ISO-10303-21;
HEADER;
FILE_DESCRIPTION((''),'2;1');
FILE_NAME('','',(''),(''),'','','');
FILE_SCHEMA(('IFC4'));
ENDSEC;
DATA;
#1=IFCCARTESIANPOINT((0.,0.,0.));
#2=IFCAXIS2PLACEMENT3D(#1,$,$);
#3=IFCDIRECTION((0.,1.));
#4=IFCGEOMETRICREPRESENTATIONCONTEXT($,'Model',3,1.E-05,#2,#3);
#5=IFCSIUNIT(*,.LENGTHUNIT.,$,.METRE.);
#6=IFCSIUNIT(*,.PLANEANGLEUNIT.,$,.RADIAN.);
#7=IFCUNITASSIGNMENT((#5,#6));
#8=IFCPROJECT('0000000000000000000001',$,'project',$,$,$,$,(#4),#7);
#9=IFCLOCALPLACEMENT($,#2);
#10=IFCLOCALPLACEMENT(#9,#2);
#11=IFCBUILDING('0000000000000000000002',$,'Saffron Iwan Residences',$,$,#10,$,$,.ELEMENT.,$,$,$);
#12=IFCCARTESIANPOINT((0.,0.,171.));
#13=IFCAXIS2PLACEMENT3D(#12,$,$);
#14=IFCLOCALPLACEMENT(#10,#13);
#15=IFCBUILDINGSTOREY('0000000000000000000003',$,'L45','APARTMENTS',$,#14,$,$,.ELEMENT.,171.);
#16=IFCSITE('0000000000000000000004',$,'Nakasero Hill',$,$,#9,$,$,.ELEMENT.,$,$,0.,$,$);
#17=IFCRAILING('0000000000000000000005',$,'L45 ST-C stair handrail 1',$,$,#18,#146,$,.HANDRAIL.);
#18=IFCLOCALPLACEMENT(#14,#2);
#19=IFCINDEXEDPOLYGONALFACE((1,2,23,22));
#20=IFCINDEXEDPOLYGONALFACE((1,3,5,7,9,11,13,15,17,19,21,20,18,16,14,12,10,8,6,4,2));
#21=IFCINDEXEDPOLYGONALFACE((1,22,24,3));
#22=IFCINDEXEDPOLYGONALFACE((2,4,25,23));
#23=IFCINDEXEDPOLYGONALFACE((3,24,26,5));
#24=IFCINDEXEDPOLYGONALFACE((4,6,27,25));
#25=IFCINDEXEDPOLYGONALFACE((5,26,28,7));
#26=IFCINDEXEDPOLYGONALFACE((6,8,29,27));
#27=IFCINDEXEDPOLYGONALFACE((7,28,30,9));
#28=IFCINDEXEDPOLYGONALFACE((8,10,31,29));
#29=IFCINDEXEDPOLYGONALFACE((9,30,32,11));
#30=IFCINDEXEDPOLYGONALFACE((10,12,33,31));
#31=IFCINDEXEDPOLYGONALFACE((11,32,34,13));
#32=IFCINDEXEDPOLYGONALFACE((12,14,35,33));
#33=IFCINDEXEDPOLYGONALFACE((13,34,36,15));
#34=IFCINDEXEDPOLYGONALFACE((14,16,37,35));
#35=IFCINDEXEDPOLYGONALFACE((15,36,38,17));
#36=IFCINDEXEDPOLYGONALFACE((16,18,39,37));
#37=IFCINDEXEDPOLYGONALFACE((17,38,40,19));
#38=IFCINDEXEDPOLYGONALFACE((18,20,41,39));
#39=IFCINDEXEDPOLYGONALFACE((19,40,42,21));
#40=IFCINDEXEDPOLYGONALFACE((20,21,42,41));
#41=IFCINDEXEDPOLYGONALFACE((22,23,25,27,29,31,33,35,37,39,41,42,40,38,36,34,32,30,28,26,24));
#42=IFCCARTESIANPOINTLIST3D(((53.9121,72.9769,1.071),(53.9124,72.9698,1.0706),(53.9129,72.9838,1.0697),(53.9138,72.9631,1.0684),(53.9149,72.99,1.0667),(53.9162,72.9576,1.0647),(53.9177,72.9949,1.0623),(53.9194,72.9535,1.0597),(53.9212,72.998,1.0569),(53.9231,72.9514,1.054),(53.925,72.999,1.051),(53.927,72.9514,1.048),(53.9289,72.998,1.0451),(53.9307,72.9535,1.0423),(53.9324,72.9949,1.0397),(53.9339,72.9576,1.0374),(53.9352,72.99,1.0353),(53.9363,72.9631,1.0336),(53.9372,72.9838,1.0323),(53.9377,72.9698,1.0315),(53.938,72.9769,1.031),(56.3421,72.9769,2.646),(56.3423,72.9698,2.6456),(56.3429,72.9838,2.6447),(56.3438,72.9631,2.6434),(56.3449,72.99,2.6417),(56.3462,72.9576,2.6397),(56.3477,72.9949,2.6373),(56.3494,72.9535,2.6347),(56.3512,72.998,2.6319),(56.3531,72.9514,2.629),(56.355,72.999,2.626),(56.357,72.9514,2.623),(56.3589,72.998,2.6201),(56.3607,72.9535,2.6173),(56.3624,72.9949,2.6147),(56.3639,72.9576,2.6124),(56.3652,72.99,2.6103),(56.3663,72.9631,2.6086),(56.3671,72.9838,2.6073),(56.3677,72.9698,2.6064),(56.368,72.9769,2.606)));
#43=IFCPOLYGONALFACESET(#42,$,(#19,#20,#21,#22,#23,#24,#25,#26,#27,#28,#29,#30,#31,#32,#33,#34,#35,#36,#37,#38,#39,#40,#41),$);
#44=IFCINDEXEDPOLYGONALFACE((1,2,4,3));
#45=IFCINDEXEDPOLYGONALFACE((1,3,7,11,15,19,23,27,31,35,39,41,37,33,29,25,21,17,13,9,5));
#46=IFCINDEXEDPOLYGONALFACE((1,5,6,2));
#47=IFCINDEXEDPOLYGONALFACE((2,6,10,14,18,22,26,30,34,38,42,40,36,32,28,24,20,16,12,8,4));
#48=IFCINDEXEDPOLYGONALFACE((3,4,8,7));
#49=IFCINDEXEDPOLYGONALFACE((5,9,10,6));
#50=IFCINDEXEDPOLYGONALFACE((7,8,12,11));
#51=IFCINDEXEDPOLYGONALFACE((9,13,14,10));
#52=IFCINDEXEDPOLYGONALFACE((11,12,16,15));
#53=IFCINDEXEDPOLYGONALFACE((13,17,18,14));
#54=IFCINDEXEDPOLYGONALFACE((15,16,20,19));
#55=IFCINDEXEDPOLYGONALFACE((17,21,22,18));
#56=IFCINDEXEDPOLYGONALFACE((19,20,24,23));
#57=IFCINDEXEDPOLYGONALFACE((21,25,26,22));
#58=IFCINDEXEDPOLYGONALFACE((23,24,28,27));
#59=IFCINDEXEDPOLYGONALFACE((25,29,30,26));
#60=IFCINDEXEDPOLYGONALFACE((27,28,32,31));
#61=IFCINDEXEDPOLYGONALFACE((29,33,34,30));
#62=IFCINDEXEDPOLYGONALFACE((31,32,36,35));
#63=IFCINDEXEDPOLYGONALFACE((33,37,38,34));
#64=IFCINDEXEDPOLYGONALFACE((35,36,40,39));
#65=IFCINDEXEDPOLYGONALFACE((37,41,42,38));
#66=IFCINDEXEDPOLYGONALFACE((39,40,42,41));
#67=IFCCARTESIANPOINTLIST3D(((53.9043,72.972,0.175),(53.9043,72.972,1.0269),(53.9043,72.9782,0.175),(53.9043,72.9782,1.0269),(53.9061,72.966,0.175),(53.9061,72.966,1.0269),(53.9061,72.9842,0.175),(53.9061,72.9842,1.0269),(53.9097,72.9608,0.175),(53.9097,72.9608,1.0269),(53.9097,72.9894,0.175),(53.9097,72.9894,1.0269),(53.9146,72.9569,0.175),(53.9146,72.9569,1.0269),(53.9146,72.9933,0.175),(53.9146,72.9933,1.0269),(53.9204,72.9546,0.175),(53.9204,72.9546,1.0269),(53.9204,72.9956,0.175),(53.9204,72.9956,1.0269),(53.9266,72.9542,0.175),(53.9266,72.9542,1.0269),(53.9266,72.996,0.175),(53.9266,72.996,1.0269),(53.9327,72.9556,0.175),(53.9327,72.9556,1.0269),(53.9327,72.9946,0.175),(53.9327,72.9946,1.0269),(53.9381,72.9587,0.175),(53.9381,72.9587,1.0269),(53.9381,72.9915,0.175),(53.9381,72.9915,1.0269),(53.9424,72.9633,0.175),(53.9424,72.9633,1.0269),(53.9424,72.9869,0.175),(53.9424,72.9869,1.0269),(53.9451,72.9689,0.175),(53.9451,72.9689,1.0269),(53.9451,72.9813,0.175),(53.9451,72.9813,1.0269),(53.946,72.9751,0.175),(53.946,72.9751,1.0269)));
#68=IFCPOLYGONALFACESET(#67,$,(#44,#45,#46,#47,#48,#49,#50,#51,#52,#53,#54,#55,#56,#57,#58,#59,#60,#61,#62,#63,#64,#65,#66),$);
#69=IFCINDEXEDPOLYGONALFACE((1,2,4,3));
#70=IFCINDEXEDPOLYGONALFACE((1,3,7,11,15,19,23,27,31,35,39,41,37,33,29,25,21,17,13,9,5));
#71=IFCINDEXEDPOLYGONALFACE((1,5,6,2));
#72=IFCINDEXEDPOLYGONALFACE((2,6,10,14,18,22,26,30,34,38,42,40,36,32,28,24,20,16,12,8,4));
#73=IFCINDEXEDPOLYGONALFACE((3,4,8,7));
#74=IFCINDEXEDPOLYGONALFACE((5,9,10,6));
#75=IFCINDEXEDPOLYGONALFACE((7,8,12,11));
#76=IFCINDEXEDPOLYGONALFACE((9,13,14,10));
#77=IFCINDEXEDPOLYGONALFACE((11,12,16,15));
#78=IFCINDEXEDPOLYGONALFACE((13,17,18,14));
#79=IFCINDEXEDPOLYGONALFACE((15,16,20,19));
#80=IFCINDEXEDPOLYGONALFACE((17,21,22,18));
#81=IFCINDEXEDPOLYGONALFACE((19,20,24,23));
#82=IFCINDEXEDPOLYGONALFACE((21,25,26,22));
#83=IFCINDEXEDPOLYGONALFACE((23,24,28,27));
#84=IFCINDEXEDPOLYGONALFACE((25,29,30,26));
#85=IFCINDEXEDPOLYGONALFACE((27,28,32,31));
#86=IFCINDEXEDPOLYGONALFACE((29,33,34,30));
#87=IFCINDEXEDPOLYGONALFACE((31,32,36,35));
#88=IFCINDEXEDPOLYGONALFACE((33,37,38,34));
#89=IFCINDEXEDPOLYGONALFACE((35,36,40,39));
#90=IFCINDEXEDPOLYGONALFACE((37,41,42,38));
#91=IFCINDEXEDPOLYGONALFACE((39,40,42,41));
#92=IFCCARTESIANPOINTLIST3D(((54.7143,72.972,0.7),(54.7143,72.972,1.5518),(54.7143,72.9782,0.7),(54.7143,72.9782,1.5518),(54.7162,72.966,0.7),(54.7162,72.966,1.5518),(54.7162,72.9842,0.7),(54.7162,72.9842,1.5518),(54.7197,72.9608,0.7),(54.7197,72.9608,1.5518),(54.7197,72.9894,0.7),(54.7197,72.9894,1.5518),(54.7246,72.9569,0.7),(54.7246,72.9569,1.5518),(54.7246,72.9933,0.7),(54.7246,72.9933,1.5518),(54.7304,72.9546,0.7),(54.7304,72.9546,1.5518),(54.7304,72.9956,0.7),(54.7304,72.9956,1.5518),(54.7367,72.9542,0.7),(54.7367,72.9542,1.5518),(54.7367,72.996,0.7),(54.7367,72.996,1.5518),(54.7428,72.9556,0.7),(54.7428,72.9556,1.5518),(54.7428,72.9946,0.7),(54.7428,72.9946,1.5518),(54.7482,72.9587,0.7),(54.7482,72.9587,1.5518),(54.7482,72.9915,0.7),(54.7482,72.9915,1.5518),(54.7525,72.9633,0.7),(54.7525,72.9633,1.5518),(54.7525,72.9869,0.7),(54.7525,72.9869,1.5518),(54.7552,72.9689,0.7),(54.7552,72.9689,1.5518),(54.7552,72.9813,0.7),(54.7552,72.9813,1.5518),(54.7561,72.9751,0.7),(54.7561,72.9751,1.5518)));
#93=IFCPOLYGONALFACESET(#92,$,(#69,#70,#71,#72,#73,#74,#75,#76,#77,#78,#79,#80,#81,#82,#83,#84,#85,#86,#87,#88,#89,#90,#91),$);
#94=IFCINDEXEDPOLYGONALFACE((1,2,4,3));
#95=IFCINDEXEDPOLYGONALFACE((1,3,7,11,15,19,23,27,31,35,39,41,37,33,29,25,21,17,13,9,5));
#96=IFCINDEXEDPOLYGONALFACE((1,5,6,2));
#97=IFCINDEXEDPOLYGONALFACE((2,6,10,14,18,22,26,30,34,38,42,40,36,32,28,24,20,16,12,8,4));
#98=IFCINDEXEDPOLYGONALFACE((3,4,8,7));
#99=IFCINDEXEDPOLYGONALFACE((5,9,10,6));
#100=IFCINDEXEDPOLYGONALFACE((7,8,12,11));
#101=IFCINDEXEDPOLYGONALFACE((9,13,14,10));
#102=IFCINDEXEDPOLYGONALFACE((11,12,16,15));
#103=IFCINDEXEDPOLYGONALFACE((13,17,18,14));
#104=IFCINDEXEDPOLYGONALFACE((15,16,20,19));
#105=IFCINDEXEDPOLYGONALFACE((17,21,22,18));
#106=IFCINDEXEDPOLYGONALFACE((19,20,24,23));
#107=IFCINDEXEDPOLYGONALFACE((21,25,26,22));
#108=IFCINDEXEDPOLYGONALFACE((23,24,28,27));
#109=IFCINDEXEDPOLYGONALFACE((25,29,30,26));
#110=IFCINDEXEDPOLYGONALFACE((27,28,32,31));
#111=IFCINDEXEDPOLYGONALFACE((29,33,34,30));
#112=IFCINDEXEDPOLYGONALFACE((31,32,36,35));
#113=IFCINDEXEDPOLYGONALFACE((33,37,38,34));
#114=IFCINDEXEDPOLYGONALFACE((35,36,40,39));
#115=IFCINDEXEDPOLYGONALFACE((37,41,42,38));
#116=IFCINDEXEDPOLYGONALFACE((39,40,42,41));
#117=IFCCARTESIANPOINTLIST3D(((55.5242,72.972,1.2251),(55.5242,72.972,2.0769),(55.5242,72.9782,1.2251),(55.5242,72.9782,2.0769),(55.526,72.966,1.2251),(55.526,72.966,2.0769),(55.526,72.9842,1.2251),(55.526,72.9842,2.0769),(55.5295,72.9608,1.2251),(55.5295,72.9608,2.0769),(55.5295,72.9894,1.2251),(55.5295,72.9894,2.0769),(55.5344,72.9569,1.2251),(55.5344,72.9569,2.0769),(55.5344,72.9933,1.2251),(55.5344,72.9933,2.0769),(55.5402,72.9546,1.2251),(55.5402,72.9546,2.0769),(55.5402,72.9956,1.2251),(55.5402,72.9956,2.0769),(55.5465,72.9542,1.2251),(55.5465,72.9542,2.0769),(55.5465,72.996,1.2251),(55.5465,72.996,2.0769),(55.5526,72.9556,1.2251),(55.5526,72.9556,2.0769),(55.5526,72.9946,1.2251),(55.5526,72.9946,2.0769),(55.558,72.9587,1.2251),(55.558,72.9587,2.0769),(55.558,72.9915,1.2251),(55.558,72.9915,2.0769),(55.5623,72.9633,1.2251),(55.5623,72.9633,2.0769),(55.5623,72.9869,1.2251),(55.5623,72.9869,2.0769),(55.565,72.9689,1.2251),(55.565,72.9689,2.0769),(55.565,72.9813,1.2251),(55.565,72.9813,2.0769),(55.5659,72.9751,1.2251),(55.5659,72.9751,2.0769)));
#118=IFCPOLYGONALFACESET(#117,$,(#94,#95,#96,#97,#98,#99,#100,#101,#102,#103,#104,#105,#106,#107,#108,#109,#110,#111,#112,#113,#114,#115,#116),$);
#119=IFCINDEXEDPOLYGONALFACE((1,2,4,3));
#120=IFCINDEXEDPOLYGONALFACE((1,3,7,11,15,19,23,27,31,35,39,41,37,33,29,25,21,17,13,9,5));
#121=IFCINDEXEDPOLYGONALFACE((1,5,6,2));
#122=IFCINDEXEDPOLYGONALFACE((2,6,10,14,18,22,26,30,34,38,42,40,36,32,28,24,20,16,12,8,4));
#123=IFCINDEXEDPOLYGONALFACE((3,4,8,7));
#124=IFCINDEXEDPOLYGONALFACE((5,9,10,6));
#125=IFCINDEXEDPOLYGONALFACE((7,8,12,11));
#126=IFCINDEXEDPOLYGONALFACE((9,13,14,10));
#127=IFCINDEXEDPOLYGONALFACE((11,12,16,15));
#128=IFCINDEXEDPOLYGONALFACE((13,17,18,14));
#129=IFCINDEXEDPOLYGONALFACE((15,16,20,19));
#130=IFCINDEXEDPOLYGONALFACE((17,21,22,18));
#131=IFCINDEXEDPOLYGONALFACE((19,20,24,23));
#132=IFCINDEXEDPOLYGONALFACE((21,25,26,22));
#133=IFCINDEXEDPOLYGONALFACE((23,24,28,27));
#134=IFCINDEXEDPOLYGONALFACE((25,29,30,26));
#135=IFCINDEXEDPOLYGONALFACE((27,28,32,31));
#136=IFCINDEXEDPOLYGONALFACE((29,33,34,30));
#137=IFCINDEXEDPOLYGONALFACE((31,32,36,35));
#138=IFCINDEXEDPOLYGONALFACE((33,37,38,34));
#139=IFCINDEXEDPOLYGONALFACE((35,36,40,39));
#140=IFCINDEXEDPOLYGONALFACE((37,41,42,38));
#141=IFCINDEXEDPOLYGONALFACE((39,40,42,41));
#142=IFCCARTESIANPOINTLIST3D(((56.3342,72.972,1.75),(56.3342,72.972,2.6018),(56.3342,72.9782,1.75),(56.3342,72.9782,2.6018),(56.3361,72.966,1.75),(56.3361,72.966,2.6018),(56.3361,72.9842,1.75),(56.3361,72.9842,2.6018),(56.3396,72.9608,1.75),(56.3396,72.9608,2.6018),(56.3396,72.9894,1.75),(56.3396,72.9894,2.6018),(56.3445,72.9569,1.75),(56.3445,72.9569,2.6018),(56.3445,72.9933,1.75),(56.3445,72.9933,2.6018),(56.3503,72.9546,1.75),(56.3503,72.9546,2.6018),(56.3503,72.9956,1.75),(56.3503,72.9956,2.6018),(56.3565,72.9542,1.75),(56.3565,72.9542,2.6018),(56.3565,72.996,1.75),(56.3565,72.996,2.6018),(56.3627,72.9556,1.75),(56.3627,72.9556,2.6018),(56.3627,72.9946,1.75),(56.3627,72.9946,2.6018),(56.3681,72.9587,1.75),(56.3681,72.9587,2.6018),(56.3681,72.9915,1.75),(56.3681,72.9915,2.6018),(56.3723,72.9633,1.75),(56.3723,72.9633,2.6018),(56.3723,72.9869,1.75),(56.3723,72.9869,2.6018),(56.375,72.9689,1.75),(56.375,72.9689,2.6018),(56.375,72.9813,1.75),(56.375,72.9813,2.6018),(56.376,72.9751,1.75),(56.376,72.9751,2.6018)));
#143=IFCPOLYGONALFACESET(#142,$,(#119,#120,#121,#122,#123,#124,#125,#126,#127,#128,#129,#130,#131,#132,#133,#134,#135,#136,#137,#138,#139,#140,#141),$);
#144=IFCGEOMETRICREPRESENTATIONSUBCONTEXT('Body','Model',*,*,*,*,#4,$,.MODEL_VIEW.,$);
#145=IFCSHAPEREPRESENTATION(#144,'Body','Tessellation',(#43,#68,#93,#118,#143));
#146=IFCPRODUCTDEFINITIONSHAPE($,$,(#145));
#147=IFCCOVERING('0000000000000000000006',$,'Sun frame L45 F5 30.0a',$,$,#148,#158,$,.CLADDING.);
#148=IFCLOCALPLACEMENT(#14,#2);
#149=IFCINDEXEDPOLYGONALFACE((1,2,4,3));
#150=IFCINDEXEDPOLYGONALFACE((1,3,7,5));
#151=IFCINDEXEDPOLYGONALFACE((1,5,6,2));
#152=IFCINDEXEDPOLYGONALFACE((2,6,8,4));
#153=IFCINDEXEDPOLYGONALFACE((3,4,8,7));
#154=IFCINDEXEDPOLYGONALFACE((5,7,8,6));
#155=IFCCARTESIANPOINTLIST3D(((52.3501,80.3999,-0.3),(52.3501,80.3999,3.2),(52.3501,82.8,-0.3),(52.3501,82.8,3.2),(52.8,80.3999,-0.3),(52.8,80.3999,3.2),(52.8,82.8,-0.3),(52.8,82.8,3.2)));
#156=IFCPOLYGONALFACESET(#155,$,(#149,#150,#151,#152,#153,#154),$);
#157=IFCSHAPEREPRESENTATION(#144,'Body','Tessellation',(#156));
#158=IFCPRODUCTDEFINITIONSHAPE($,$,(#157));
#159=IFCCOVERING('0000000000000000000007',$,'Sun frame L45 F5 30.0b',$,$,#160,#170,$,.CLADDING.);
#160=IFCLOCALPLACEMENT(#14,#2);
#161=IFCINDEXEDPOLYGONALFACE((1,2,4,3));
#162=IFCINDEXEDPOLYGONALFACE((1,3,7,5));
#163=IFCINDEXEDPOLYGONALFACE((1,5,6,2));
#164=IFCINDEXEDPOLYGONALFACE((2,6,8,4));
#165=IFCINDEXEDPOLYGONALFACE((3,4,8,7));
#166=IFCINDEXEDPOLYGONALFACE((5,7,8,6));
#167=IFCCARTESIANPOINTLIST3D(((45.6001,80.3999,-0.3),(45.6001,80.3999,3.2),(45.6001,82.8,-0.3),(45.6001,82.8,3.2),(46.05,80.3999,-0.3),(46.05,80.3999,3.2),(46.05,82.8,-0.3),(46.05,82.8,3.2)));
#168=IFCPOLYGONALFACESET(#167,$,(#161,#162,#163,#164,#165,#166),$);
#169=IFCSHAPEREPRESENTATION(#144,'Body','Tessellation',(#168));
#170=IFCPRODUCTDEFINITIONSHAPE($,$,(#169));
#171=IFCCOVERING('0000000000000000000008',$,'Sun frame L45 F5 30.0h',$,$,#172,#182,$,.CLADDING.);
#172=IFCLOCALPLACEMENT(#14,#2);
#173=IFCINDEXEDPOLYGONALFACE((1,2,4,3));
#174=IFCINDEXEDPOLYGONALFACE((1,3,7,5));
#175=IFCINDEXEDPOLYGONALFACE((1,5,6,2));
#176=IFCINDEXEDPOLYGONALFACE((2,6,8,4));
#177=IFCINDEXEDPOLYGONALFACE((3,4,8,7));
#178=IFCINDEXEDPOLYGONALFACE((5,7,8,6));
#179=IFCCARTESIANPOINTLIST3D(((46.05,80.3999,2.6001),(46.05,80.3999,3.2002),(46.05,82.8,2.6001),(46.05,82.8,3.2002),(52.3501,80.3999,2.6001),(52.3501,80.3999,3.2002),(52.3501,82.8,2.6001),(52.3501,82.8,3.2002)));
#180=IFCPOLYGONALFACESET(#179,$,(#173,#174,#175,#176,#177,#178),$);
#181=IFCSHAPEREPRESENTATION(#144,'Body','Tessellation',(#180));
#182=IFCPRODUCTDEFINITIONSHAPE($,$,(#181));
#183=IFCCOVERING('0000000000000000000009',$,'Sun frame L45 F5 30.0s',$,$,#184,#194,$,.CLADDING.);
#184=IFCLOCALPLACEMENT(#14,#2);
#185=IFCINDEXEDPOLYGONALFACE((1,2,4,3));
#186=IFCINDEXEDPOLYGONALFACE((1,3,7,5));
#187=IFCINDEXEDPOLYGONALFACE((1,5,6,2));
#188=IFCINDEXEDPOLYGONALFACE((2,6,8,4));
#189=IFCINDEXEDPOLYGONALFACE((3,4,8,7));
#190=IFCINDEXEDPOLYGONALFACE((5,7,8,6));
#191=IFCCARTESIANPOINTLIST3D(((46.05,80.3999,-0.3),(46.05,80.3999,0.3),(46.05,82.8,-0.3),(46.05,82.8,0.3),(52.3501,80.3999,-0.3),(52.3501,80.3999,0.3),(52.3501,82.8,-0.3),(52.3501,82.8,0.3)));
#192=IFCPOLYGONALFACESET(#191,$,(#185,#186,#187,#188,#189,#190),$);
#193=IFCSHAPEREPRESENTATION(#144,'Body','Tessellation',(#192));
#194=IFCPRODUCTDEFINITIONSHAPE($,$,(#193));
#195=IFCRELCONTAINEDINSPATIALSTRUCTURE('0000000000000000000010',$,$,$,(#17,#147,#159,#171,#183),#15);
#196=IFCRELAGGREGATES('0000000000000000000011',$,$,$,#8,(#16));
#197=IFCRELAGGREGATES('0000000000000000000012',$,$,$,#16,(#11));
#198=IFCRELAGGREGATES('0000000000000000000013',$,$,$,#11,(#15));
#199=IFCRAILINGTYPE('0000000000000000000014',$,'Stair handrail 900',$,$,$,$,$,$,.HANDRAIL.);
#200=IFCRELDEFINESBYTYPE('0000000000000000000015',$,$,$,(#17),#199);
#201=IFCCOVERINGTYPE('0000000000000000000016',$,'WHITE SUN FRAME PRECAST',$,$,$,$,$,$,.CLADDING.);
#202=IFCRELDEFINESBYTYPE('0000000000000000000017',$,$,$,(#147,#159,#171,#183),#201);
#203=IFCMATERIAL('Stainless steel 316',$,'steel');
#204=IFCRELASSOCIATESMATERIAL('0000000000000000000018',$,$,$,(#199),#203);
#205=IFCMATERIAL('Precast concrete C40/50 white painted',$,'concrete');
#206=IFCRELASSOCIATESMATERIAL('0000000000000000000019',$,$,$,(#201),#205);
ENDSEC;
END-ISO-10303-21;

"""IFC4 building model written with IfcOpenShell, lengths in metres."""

from ifc_helpers import new_model, si_unit, direction, frame, origin, origin_2d, place, context, subcontext, project, spatial, polyline, circle, outline, extrude, material, type_object, element, save


model = new_model("IFC4")

# Units and contexts
model_context = context("Model", 3, precision=1e-05, world=origin(), true_north=direction((0.0, 1.0)))
body_context = subcontext(model_context, "Body", "Model", "MODEL_VIEW")
ifc_project = project(units=[si_unit("LENGTHUNIT", "METRE"), si_unit("PLANEANGLEUNIT", "RADIAN")], contexts=[model_context])

# Site, building, storey
site_placement = place(None, origin())
site = spatial("IfcSite", under=ifc_project, at=site_placement, Name="Nakasero Hill", CompositionType="ELEMENT", RefElevation=0.0)
building_placement = place(site_placement, origin())
building = spatial("IfcBuilding", under=site, at=building_placement, Name="Saffron Iwan Residences", CompositionType="ELEMENT")
storey_placement = place(building_placement, frame((0.0, 0.0, 171.0)))
storey = spatial("IfcBuildingStorey", under=building, at=storey_placement, Name="L45", Description="APARTMENTS", CompositionType="ELEMENT", Elevation=171.0)

# Railing
ifc_material_1 = material(Name="Stainless steel 316", Category="steel")
railing_type_1 = type_object("IfcRailingType", Name="Stair handrail 900", PredefinedType="HANDRAIL", material=ifc_material_1)
railing_1_placement = place(storey_placement, frame((53.925, 72.9751, 0.175)))
element("IfcRailing", 1, at=railing_1_placement, inside=storey, type_object=railing_type_1, Name="L45 ST-C stair handrail 1", PredefinedType="HANDRAIL", context=body_context, shape_type="SweptSolid", body=[
    extrude(circle(Radius=0.0239, at=origin_2d()), frame((0.0, 0.0, 0.876), z_axis=(0.839154, 0.0, 0.543894), x_axis=(0.0, 1.0, 0.0)), (0.0, 0.0, 1.0), 2.8958),
    extrude(circle(Radius=0.021, at=origin_2d()), origin(), (0.0, 0.0, 1.0), 0.8518),
    extrude(circle(Radius=0.021, at=origin_2d()), frame((0.8101, 0.0, 0.5249)), (0.0, 0.0, 1.0), 0.8518),
    extrude(circle(Radius=0.021, at=origin_2d()), frame((1.6199, 0.0, 1.05)), (0.0, 0.0, 1.0), 0.8518),
    extrude(circle(Radius=0.021, at=origin_2d()), frame((2.4299, 0.0, 1.575)), (0.0, 0.0, 1.0), 0.8518),
])

# Coverings
ifc_material_2 = material(Name="Precast concrete C40/50 white painted", Category="concrete")
covering_type_1 = type_object("IfcCoveringType", Name="WHITE SUN FRAME PRECAST", PredefinedType="CLADDING", material=ifc_material_2)
for number, where, z_axis, x_axis, name in (
    (2, (52.8, 80.3999, -0.3), (0.0, 1.0, 0.0), (-1.0, 0.0, 0.0), "Sun frame L45 F5 30.0a"),
    (3, (46.05, 80.3999, -0.3), (0.0, 1.0, 0.0), (-1.0, 0.0, 0.0), "Sun frame L45 F5 30.0b"),
):
    element("IfcCovering", number, at=place(storey_placement, frame(where, z_axis=z_axis, x_axis=x_axis)), inside=storey, type_object=covering_type_1, Name=name, PredefinedType="CLADDING", context=body_context, shape_type="SweptSolid", body=[
        extrude(outline(polyline([(0.0, 0.0), (0.45, 0.0), (0.45, 3.5), (0.0, 3.5), (0.0, 0.0)])), origin(), (0.0, 0.0, 1.0), 2.4001),
    ])
for number, where, z_axis, x_axis, name in (
    (4, (52.3501, 80.3999, 2.6001), (0.0, 1.0, 0.0), (-1.0, 0.0, 0.0), "Sun frame L45 F5 30.0h"),
    (5, (52.3501, 80.3999, -0.3), (0.0, 1.0, 0.0), (-1.0, 0.0, 0.0), "Sun frame L45 F5 30.0s"),
):
    element("IfcCovering", number, at=place(storey_placement, frame(where, z_axis=z_axis, x_axis=x_axis)), inside=storey, type_object=covering_type_1, Name=name, PredefinedType="CLADDING", context=body_context, shape_type="SweptSolid", body=[
        extrude(outline(polyline([(0.0, 0.0), (6.3, 0.0), (6.3, 0.6001), (0.0, 0.6001), (0.0, 0.0)])), origin(), (0.0, 0.0, 1.0), 2.4001),
    ])

save(model, "model.ifc")
